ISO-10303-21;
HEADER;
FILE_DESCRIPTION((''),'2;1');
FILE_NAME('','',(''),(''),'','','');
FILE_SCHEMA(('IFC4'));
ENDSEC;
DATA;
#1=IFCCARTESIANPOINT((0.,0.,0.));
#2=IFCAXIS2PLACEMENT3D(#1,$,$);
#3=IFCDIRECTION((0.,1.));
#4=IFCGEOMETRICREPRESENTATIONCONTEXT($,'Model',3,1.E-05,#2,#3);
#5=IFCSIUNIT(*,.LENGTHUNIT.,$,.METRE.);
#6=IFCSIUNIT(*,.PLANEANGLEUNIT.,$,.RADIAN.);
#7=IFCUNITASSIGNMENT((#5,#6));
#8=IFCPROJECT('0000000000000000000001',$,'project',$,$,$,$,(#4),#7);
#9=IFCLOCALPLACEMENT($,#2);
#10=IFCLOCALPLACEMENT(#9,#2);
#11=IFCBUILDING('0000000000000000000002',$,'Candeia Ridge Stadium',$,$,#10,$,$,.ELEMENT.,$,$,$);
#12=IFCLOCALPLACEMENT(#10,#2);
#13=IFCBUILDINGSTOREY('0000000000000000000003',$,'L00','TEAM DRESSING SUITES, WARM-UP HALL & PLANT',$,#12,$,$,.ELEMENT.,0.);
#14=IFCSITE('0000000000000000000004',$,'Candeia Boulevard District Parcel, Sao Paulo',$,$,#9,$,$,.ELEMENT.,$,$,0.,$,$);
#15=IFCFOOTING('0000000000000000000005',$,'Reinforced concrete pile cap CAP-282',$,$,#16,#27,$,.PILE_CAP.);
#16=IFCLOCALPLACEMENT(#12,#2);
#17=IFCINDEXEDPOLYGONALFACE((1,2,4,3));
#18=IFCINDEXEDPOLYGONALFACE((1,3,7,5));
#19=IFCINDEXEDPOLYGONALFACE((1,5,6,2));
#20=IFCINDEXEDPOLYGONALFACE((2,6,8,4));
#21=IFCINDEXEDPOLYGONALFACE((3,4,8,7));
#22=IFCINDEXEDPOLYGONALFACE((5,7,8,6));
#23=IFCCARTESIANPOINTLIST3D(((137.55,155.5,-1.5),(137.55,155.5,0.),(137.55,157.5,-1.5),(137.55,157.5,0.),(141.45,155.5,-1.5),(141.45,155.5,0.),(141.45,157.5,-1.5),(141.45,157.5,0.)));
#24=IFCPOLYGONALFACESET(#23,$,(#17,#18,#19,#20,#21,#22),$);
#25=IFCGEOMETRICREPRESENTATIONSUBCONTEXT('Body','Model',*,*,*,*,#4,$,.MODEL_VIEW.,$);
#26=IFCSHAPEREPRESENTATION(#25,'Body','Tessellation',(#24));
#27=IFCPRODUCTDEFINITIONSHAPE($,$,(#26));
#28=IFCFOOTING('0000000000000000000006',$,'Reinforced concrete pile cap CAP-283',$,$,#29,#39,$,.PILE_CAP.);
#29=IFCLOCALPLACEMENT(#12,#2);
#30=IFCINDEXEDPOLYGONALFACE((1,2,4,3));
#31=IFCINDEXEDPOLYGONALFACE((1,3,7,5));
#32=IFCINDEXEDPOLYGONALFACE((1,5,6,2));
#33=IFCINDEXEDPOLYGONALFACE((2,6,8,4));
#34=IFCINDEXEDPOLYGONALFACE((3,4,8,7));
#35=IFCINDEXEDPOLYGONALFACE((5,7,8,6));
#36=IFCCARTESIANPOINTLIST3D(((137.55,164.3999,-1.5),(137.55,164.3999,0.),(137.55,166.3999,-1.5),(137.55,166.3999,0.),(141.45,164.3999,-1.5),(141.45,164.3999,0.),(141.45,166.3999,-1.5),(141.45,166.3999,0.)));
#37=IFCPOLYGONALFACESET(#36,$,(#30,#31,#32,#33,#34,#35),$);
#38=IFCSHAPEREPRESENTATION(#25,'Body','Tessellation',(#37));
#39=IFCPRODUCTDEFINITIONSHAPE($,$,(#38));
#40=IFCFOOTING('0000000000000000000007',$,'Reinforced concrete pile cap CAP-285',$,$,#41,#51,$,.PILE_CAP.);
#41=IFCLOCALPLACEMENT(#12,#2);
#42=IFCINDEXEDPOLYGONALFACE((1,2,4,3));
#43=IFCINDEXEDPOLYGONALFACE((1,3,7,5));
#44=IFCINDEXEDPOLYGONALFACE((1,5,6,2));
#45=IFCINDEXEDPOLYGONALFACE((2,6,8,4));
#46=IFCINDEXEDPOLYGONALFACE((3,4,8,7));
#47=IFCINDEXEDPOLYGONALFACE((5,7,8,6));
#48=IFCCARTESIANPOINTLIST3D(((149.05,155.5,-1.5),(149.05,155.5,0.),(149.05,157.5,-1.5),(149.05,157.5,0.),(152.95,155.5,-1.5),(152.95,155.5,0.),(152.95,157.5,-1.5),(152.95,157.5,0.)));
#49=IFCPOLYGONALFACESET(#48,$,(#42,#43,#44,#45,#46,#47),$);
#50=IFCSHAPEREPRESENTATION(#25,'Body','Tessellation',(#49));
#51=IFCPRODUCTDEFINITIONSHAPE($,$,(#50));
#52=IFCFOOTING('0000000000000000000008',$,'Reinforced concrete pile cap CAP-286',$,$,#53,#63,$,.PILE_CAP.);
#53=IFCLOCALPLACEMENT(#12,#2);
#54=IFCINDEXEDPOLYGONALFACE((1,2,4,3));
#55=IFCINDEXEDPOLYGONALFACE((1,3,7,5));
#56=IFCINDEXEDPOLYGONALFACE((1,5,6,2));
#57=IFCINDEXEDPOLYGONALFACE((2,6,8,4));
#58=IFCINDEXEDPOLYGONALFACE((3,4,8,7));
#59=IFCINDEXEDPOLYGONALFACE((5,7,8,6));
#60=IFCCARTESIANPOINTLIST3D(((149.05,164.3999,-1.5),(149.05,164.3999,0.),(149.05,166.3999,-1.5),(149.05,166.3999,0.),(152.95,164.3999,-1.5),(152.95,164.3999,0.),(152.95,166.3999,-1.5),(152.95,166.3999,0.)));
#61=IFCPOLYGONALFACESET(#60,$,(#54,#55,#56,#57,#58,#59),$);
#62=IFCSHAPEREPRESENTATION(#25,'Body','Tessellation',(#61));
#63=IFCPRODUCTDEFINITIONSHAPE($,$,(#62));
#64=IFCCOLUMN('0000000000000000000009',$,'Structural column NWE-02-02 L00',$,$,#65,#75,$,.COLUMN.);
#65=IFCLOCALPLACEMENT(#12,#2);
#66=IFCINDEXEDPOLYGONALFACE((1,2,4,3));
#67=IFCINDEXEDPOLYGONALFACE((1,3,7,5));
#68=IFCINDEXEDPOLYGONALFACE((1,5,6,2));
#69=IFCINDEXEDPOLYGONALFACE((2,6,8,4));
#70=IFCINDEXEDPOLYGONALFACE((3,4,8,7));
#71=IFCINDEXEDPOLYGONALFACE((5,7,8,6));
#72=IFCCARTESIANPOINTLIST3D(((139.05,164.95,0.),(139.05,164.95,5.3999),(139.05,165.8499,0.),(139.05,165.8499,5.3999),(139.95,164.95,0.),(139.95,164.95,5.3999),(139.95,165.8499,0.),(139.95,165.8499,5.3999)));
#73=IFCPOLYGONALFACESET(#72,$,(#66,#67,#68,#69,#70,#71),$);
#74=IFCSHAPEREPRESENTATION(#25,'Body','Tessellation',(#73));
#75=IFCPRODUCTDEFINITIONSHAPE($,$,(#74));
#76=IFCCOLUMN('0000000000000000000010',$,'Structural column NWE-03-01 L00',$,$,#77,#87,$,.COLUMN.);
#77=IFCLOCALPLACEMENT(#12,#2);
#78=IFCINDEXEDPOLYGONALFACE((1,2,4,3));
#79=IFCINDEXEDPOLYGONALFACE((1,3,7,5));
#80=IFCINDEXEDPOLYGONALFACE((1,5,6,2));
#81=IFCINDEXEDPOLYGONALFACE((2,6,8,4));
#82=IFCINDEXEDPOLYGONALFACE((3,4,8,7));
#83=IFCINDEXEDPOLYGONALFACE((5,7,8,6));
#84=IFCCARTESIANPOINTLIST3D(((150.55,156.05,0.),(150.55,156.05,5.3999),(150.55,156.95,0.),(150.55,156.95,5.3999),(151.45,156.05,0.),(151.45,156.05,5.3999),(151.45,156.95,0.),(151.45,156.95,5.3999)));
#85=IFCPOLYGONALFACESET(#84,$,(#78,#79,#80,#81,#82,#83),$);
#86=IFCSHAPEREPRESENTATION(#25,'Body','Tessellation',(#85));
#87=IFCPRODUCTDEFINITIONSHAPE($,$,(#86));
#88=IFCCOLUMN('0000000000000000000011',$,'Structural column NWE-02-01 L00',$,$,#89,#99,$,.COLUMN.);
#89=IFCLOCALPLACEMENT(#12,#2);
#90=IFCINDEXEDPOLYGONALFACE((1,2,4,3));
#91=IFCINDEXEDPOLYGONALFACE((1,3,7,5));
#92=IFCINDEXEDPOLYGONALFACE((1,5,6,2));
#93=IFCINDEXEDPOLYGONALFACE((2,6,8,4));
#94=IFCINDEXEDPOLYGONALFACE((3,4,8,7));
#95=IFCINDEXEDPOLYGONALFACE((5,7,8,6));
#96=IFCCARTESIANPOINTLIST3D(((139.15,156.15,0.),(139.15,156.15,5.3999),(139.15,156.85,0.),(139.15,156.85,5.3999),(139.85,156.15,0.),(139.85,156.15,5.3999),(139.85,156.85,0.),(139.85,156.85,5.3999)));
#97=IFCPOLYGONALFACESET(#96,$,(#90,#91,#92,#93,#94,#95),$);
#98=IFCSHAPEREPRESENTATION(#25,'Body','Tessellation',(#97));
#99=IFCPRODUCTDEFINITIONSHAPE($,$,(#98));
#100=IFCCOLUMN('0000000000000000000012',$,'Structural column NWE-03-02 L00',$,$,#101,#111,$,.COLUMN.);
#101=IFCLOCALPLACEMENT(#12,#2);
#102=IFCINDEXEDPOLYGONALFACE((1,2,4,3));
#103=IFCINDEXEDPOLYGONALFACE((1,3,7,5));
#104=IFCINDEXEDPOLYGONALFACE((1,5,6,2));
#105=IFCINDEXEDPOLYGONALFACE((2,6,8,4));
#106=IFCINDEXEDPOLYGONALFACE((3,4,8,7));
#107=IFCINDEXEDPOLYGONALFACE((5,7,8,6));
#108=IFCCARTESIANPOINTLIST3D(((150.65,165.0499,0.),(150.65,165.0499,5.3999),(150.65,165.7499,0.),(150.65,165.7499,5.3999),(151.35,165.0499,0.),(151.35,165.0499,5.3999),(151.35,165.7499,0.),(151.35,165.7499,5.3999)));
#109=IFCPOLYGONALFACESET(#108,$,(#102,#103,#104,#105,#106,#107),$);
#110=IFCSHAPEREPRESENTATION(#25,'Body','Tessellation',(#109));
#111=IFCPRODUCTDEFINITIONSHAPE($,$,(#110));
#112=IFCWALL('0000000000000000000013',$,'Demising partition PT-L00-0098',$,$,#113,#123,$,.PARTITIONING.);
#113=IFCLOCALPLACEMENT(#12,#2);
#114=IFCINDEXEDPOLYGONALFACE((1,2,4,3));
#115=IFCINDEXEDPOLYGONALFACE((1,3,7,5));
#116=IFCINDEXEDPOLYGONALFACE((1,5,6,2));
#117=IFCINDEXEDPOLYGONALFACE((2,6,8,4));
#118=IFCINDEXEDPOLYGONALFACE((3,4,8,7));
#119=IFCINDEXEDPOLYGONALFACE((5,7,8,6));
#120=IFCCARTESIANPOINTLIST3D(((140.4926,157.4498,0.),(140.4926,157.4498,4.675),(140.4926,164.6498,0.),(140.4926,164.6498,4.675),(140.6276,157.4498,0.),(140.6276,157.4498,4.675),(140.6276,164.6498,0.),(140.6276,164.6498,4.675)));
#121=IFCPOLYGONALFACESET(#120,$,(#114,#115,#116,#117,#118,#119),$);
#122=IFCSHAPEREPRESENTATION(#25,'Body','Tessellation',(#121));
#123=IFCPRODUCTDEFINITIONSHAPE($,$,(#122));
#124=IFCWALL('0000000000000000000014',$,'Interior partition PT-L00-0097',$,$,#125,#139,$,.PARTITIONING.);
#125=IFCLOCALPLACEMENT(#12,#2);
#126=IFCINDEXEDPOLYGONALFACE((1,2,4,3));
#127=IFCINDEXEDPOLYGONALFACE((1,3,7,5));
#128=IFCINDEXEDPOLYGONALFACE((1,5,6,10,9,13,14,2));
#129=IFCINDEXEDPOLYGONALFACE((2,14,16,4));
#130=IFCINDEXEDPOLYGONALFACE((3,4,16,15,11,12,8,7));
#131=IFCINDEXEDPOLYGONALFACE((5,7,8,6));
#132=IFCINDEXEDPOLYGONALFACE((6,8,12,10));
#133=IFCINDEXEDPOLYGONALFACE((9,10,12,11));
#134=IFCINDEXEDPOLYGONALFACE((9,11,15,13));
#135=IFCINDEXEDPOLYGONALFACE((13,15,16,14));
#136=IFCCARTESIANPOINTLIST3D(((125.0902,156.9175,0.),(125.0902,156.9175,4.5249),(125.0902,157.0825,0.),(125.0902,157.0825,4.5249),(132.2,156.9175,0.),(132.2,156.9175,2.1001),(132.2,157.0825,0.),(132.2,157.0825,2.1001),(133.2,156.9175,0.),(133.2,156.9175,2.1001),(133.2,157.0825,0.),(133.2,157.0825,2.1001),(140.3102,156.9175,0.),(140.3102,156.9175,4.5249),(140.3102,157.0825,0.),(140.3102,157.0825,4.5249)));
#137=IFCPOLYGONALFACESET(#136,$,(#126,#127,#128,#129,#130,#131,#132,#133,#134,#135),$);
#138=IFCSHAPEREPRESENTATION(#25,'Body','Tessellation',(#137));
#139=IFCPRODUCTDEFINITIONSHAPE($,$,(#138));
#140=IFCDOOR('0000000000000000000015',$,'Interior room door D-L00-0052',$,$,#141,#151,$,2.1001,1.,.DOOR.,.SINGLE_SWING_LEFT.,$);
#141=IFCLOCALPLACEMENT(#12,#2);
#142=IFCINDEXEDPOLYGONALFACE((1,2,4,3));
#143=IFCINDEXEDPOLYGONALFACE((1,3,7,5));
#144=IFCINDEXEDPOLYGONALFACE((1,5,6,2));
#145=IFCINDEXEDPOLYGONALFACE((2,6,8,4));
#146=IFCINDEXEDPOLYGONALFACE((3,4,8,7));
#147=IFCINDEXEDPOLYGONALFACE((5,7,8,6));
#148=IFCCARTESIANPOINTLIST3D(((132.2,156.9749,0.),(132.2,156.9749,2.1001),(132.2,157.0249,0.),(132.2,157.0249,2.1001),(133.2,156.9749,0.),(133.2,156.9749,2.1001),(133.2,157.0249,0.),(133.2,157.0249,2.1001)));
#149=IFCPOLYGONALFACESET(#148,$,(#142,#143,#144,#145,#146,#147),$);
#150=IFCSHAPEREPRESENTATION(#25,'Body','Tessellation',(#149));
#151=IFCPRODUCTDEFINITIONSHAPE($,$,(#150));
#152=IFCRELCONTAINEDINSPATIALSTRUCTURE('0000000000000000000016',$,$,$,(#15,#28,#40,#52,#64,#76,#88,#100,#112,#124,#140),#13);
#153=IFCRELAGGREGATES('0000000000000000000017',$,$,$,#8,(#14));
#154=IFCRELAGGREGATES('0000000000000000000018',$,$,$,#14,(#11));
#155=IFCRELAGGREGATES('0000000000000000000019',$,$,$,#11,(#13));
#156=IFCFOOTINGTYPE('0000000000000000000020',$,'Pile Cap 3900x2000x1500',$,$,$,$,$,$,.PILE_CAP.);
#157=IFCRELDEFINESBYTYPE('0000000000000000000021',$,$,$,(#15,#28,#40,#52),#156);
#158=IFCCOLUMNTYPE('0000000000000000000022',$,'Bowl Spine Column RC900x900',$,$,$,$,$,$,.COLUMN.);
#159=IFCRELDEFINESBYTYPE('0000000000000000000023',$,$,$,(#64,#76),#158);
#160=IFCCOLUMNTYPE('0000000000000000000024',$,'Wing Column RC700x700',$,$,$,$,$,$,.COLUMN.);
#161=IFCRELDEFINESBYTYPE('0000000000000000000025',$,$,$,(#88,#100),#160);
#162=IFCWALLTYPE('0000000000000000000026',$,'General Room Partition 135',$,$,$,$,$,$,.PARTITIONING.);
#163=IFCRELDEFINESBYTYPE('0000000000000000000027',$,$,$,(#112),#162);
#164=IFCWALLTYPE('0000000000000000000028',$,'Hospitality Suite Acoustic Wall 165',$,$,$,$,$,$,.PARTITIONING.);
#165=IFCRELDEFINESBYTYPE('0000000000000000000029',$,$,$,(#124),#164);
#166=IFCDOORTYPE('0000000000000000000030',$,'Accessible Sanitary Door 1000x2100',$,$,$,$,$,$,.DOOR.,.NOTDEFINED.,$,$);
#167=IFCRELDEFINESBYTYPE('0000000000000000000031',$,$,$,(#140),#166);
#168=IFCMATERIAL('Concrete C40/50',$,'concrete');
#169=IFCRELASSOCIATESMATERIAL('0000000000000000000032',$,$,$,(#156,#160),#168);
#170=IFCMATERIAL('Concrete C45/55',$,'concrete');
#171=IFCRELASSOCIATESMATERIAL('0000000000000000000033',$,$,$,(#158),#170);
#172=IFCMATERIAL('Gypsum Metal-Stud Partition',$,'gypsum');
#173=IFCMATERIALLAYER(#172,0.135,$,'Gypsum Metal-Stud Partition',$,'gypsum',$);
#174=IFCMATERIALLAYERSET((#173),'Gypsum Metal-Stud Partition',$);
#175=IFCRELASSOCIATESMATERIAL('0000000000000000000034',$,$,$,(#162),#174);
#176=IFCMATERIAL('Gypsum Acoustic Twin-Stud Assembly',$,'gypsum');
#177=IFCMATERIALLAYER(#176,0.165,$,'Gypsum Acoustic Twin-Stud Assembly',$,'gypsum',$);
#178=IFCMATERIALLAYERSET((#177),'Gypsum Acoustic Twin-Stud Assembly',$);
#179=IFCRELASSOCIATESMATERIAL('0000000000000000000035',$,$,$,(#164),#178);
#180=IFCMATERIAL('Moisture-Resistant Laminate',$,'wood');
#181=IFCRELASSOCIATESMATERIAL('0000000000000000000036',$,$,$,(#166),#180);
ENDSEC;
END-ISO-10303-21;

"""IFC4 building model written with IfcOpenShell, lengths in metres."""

from ifc_helpers import new_model, si_unit, direction, frame, frame_2d, origin, origin_2d, place, context, subcontext, project, spatial, rectangle, extrude, material, layer, layer_set, material_profile, profile_set, type_object, element, fill, save


model = new_model("IFC4")

# Units and contexts
model_context = context("Model", 3, precision=1e-05, world=origin(), true_north=direction((0.0, 1.0)))
body_context = subcontext(model_context, "Body", "Model", "MODEL_VIEW")
ifc_project = project(units=[si_unit("LENGTHUNIT", "METRE"), si_unit("PLANEANGLEUNIT", "RADIAN")], contexts=[model_context])

# Site, building, storey
site_placement = place(None, origin())
site = spatial("IfcSite", under=ifc_project, at=site_placement, Name="Candeia Boulevard District Parcel, Sao Paulo", CompositionType="ELEMENT", RefElevation=0.0)
building_placement = place(site_placement, origin())
building = spatial("IfcBuilding", under=site, at=building_placement, Name="Candeia Ridge Stadium", CompositionType="ELEMENT")
storey_placement = place(building_placement, origin())
storey = spatial("IfcBuildingStorey", under=building, at=storey_placement, Name="L00", Description="TEAM DRESSING SUITES, WARM-UP HALL & PLANT", CompositionType="ELEMENT", Elevation=0.0)

# Shared definitions
ifc_material_1 = material(Name="Concrete C40/50", Category="concrete")

# Footings
footing_type_1 = type_object("IfcFootingType", Name="Pile Cap 3900x2000x1500", PredefinedType="PILE_CAP", material=ifc_material_1)
for number, where, z_axis, x_axis, name in (
    (1, (139.5, 156.5, -1.5), (0.0, 0.0, 1.0), (1.0, 0.0, 0.0), "Reinforced concrete pile cap CAP-282"),
    (2, (139.5, 165.3999, -1.5), (0.0, 0.0, 1.0), (1.0, 0.0, 0.0), "Reinforced concrete pile cap CAP-283"),
    (3, (151.0, 156.5, -1.5), (0.0, 0.0, 1.0), (1.0, 0.0, 0.0), "Reinforced concrete pile cap CAP-285"),
    (4, (151.0, 165.3999, -1.5), (0.0, 0.0, 1.0), (1.0, 0.0, 0.0), "Reinforced concrete pile cap CAP-286"),
):
    element("IfcFooting", number, at=place(storey_placement, frame(where, z_axis=z_axis, x_axis=x_axis)), inside=storey, type_object=footing_type_1, Name=name, PredefinedType="PILE_CAP", context=body_context, shape_type="SweptSolid", body=[
        extrude(rectangle(XDim=3.8999, YDim=2.0, at=origin_2d()), origin(), (0.0, 0.0, 1.0), 1.5),
    ])

# Columns
ifc_material_2 = material(Name="Concrete C45/55", Category="concrete")
ifc_material_profile_1 = material_profile(ifc_material_2, rectangle(XDim=0.8999, YDim=0.8999, at=origin_2d()), Name="RC900x900", Category="concrete")
ifc_profile_set_1 = profile_set([ifc_material_profile_1], Name="Concrete C45/55")
column_type_1 = type_object("IfcColumnType", Name="Bowl Spine Column RC900x900", PredefinedType="COLUMN", material=ifc_profile_set_1)
for number, where, z_axis, x_axis, name in (
    (5, (139.5, 165.3999, 0.0), (0.0, 0.0, 1.0), (1.0, 0.0, 0.0), "Structural column NWE-02-02 L00"),
    (6, (151.0, 156.5, 0.0), (0.0, 0.0, 1.0), (1.0, 0.0, 0.0), "Structural column NWE-03-01 L00"),
):
    element("IfcColumn", number, at=place(storey_placement, frame(where, z_axis=z_axis, x_axis=x_axis)), inside=storey, type_object=column_type_1, Name=name, PredefinedType="COLUMN", context=body_context, shape_type="SweptSolid", body=[
        extrude(rectangle(XDim=0.8999, YDim=0.8999, at=origin_2d()), origin(), (0.0, 0.0, 1.0), 5.3999),
    ])
ifc_material_profile_2 = material_profile(ifc_material_1, rectangle(XDim=0.7, YDim=0.7, at=origin_2d()), Name="RC700x700", Category="concrete")
ifc_profile_set_2 = profile_set([ifc_material_profile_2], Name="Concrete C40/50")
column_type_2 = type_object("IfcColumnType", Name="Wing Column RC700x700", PredefinedType="COLUMN", material=ifc_profile_set_2)
for number, where, z_axis, x_axis, name in (
    (7, (139.5, 156.5, 0.0), (0.0, 0.0, 1.0), (1.0, 0.0, 0.0), "Structural column NWE-02-01 L00"),
    (8, (151.0, 165.3999, 0.0), (0.0, 0.0, 1.0), (1.0, 0.0, 0.0), "Structural column NWE-03-02 L00"),
):
    element("IfcColumn", number, at=place(storey_placement, frame(where, z_axis=z_axis, x_axis=x_axis)), inside=storey, type_object=column_type_2, Name=name, PredefinedType="COLUMN", context=body_context, shape_type="SweptSolid", body=[
        extrude(rectangle(XDim=0.7, YDim=0.7, at=origin_2d()), origin(), (0.0, 0.0, 1.0), 5.3999),
    ])

# Wall
ifc_material_3 = material(Name="Gypsum Metal-Stud Partition", Category="gypsum")
ifc_layer_1 = layer(ifc_material_3, 0.135, Name="Gypsum Metal-Stud Partition", Category="gypsum")
ifc_layer_set_1 = layer_set([ifc_layer_1], Name="Gypsum Metal-Stud Partition")
wall_type_1 = type_object("IfcWallType", Name="General Room Partition 135", PredefinedType="PARTITIONING", material=ifc_layer_set_1)
wall_1_placement = place(storey_placement, frame((140.5601, 164.6499, 0.0), z_axis=(0.0, 0.0, 1.0), x_axis=(0.0, -1.0, 0.0)))
element("IfcWall", 9, at=wall_1_placement, inside=storey, type_object=wall_type_1, Name="Demising partition PT-L00-0098", PredefinedType="PARTITIONING", context=body_context, shape_type="SweptSolid", body=[
    extrude(rectangle(XDim=7.2, YDim=0.135, at=frame_2d((3.6001, 0.0))), origin(), (0.0, 0.0, 1.0), 4.675),
])

# Wall, opening, door
ifc_material_4 = material(Name="Gypsum Acoustic Twin-Stud Assembly", Category="gypsum")
ifc_layer_2 = layer(ifc_material_4, 0.165, Name="Gypsum Acoustic Twin-Stud Assembly", Category="gypsum")
ifc_layer_set_2 = layer_set([ifc_layer_2], Name="Gypsum Acoustic Twin-Stud Assembly")
wall_type_2 = type_object("IfcWallType", Name="Hospitality Suite Acoustic Wall 165", PredefinedType="PARTITIONING", material=ifc_layer_set_2)
wall_2_placement = place(storey_placement, frame((140.3101, 157.0, 0.0), z_axis=(0.0, 0.0, 1.0), x_axis=(-1.0, 0.0, 0.0)))
wall_2 = element("IfcWall", 10, at=wall_2_placement, inside=storey, type_object=wall_type_2, Name="Interior partition PT-L00-0097", PredefinedType="PARTITIONING", context=body_context, shape_type="SweptSolid", body=[
    extrude(rectangle(XDim=15.22, YDim=0.165, at=frame_2d((7.6099, 0.0))), origin(), (0.0, 0.0, 1.0), 4.5249),
])
opening_1_placement = place(wall_2_placement, frame((7.1101, 0.0, 0.0)))
opening_1 = element("IfcOpeningElement", 11, at=opening_1_placement, cuts=wall_2, PredefinedType="OPENING", context=body_context, shape_type="SweptSolid", body=[
    extrude(rectangle(XDim=1.0, YDim=2.1001, at=frame_2d((0.5, 1.05))), frame((0.0, 0.0925, 0.0), z_axis=(0.0, -1.0, 0.0), x_axis=(1.0, 0.0, 0.0)), (0.0, 0.0, 1.0), 0.1851),
])
ifc_material_5 = material(Name="Moisture-Resistant Laminate", Category="wood")
door_type_1 = type_object("IfcDoorType", Name="Accessible Sanitary Door 1000x2100", OperationType="NOTDEFINED", PredefinedType="DOOR", material=ifc_material_5)
door_1_placement = place(opening_1_placement, frame((1.0, 0.0, 0.0), z_axis=(0.0, 0.0, 1.0), x_axis=(-1.0, 0.0, 0.0)))
door_1 = element("IfcDoor", 12, at=door_1_placement, inside=storey, type_object=door_type_1, Name="Interior room door D-L00-0052", OperationType="SINGLE_SWING_LEFT", OverallHeight=2.1001, OverallWidth=1.0, PredefinedType="DOOR", context=body_context, shape_type="SweptSolid", body=[
    extrude(rectangle(XDim=1.0, YDim=2.1001, at=frame_2d((0.5, 1.05))), frame((0.0, 0.0249, 0.0), z_axis=(0.0, -1.0, 0.0), x_axis=(1.0, 0.0, 0.0)), (0.0, 0.0, 1.0), 0.05),
])
fill(opening_1, door_1)

save(model, "model.ifc")
